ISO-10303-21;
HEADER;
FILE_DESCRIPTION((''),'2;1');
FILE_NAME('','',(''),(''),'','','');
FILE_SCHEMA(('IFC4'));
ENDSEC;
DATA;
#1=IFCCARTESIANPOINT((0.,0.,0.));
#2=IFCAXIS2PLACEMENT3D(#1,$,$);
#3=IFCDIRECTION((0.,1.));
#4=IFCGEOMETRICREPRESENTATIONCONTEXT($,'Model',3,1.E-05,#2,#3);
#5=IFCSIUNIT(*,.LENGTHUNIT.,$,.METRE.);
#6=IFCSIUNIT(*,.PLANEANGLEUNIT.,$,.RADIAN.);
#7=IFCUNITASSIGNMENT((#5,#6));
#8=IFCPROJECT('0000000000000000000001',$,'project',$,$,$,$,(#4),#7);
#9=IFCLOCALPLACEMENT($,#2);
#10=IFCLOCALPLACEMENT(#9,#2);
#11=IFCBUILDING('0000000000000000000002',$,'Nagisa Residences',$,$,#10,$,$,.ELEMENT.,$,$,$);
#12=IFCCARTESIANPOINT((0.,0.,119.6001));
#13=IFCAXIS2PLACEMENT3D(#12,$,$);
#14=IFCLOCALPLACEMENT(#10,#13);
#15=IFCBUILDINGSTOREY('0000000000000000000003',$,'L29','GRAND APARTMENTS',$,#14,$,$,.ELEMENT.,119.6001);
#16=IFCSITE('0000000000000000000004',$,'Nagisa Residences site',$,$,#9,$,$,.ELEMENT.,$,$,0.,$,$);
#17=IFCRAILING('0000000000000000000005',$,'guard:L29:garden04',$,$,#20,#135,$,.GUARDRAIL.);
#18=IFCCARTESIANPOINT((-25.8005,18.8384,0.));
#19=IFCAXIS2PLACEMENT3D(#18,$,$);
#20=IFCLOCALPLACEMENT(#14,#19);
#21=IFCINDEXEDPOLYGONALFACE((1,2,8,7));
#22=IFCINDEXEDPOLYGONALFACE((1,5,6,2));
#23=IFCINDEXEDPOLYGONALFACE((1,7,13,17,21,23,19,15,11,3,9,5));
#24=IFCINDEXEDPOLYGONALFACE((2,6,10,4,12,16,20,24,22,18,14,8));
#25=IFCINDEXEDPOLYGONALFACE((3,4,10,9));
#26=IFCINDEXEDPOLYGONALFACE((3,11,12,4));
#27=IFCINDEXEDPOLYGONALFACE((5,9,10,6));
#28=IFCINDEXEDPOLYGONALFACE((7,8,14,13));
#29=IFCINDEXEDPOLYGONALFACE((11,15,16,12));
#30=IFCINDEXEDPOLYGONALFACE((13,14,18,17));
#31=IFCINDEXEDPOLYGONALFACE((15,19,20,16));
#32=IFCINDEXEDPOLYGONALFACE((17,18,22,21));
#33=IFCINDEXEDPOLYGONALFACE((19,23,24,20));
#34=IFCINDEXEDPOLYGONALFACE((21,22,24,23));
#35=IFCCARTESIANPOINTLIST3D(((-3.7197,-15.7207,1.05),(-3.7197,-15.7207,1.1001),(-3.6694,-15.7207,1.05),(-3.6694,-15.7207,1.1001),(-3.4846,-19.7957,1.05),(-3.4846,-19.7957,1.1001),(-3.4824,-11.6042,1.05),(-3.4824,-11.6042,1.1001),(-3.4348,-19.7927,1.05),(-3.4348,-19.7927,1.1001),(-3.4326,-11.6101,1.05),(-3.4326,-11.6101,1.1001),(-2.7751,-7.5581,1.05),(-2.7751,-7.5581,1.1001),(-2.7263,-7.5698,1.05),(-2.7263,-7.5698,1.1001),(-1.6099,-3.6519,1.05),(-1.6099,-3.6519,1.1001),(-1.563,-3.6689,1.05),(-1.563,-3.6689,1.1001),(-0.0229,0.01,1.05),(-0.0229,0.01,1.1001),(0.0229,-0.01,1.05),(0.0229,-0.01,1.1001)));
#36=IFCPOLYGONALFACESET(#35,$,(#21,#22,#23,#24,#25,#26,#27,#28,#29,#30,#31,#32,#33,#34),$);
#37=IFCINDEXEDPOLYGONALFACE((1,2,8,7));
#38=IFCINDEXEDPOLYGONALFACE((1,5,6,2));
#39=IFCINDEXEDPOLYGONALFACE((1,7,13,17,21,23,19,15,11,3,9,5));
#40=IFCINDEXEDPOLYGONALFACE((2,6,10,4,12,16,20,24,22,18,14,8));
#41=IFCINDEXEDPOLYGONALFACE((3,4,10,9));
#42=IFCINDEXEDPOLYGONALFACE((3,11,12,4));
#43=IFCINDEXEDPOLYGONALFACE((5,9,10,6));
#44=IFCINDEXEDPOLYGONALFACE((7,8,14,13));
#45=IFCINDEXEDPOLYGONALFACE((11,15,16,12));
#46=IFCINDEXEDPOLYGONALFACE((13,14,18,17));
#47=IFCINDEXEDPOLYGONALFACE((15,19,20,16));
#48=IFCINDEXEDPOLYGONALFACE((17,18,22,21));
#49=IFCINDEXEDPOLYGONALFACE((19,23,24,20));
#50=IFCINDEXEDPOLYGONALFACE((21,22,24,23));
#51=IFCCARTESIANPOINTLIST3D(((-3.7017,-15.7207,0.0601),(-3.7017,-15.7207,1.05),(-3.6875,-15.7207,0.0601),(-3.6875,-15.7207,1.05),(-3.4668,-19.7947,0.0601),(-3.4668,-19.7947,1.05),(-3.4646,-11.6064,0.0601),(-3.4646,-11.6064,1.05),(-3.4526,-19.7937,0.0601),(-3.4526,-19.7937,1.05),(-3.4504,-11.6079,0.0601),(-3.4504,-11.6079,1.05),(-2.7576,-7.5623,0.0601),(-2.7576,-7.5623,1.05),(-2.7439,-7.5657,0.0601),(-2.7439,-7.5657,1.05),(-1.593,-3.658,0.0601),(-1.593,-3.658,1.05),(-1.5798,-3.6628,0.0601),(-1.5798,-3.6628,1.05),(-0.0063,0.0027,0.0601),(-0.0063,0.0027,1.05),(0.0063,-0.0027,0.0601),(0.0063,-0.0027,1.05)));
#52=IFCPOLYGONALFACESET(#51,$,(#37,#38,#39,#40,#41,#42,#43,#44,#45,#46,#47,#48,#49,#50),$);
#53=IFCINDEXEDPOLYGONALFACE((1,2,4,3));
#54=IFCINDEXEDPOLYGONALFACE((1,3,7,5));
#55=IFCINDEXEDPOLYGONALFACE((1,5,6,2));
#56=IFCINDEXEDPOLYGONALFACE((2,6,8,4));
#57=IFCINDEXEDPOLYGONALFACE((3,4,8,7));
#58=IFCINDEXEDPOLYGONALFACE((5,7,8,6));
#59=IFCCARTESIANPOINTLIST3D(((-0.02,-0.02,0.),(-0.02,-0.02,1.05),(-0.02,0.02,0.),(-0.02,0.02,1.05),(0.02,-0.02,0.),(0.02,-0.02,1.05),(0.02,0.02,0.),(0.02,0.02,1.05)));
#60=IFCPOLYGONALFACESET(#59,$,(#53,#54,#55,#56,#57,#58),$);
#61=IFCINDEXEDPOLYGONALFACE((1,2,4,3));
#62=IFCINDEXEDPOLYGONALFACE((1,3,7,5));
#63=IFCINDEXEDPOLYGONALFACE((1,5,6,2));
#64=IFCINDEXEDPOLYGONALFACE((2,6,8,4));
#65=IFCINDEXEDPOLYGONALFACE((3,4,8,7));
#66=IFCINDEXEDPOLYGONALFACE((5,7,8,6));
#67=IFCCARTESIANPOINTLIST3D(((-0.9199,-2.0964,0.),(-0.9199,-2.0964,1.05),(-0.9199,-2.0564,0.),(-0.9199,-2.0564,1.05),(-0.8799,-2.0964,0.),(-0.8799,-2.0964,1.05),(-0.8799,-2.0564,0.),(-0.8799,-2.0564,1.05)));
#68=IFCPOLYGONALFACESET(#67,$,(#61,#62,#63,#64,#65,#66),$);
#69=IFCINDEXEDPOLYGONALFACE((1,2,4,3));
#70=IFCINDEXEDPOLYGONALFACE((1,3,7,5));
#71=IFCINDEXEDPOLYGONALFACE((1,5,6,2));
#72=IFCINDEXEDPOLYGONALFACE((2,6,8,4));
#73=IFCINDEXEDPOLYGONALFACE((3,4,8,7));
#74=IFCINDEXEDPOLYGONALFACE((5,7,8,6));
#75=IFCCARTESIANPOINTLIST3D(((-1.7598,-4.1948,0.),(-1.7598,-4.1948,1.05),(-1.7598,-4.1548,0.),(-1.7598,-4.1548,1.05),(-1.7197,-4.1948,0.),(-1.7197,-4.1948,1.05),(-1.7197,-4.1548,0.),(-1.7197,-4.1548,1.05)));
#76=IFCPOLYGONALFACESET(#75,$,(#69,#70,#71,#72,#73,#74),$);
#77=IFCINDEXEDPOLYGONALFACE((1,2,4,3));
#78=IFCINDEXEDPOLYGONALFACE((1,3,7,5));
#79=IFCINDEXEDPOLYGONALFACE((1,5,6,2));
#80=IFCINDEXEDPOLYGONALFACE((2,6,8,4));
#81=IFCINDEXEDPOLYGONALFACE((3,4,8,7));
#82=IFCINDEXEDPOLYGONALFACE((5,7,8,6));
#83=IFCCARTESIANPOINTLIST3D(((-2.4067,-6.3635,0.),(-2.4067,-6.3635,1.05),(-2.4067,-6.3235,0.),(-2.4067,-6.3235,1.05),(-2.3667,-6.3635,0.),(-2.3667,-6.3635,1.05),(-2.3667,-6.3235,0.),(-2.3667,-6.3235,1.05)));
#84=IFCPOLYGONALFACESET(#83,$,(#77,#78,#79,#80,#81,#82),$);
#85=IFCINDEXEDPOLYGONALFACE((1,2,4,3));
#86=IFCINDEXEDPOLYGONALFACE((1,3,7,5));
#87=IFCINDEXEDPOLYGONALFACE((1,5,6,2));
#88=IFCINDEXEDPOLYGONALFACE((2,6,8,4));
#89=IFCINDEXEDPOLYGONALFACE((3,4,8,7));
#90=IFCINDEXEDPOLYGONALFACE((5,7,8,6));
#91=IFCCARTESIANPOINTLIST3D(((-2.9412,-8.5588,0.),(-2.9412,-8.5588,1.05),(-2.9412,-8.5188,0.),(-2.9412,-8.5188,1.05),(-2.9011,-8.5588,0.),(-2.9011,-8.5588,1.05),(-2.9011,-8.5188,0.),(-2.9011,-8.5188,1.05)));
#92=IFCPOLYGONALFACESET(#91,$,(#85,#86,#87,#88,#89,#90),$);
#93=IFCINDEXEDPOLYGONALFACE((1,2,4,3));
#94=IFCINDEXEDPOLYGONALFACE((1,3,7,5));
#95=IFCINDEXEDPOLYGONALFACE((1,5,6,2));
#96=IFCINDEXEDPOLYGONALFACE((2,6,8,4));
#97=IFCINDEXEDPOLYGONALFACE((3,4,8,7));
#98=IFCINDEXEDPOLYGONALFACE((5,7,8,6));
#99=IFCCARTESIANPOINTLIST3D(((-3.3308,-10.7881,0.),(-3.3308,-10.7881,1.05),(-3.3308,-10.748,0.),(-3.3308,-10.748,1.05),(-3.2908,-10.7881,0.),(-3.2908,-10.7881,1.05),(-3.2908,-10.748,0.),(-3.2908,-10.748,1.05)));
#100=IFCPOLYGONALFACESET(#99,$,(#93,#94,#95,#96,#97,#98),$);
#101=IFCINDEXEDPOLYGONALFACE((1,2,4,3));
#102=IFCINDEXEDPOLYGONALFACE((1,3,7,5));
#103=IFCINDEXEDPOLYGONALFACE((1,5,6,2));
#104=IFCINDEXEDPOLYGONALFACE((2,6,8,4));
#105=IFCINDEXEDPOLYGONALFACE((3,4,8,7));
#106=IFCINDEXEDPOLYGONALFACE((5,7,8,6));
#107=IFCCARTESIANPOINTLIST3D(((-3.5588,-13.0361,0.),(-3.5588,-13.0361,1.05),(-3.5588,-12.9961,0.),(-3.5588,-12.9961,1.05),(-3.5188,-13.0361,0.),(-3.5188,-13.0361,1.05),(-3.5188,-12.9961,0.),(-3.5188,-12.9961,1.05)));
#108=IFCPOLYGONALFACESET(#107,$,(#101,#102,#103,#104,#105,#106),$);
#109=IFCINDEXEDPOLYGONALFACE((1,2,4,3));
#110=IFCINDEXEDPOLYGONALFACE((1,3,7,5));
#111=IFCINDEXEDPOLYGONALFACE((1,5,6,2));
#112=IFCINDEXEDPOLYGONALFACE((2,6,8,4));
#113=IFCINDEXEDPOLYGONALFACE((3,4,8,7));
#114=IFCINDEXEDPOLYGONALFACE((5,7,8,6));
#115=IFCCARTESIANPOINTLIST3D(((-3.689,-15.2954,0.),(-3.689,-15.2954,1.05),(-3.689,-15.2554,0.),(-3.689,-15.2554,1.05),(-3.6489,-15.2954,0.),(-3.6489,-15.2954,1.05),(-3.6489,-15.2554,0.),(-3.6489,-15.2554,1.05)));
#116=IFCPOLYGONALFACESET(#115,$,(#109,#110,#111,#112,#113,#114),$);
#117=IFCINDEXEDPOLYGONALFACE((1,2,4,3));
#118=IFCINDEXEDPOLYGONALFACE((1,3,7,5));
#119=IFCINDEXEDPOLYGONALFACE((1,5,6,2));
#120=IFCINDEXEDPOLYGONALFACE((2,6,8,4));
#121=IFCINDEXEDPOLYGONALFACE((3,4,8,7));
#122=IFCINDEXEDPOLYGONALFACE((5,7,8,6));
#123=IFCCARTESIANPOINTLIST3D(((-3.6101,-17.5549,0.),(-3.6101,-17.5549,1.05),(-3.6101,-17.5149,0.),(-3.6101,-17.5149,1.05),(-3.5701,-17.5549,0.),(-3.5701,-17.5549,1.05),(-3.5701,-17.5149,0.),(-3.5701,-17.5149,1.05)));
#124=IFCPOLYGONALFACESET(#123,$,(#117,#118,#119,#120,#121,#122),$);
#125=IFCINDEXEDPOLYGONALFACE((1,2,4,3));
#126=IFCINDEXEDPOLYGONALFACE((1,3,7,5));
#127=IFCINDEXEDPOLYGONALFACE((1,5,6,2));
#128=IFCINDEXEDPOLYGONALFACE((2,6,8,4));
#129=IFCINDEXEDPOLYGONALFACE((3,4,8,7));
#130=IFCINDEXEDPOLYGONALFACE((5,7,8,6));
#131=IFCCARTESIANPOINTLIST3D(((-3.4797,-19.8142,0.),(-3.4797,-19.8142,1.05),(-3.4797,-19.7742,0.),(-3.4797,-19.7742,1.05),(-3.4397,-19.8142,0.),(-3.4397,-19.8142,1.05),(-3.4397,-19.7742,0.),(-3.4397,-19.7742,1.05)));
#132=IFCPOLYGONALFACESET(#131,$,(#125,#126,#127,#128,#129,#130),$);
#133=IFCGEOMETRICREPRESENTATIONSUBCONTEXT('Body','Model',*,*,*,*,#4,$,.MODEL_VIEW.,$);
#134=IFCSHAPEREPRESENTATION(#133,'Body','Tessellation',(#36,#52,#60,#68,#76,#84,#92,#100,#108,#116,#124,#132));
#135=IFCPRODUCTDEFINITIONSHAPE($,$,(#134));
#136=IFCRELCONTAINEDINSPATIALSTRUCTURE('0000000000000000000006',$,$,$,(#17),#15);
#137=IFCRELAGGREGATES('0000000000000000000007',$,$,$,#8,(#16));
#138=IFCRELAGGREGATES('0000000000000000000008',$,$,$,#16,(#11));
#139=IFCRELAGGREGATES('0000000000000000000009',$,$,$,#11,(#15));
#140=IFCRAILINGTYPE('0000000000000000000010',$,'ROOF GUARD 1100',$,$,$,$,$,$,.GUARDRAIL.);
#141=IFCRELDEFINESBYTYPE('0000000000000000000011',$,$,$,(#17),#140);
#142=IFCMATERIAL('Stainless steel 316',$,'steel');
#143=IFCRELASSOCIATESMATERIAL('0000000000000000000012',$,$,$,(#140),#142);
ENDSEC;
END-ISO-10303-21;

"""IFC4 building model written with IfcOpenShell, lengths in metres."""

from ifc_helpers import new_model, si_unit, direction, frame, origin, origin_2d, place, context, subcontext, project, spatial, polyline, rectangle, outline, extrude, material, type_object, element, save


model = new_model("IFC4")

# Units and contexts
model_context = context("Model", 3, precision=1e-05, world=origin(), true_north=direction((0.0, 1.0)))
body_context = subcontext(model_context, "Body", "Model", "MODEL_VIEW")
ifc_project = project(units=[si_unit("LENGTHUNIT", "METRE"), si_unit("PLANEANGLEUNIT", "RADIAN")], contexts=[model_context])

# Site, building, storey
site_placement = place(None, origin())
site = spatial("IfcSite", under=ifc_project, at=site_placement, Name="Nagisa Residences site", CompositionType="ELEMENT", RefElevation=0.0)
building_placement = place(site_placement, origin())
building = spatial("IfcBuilding", under=site, at=building_placement, Name="Nagisa Residences", CompositionType="ELEMENT")
storey_placement = place(building_placement, frame((0.0, 0.0, 119.6001)))
storey = spatial("IfcBuildingStorey", under=building, at=storey_placement, Name="L29", Description="GRAND APARTMENTS", CompositionType="ELEMENT", Elevation=119.6001)

# Railing
ifc_material_1 = material(Name="Stainless steel 316", Category="steel")
railing_type = type_object("IfcRailingType", Name="ROOF GUARD 1100", PredefinedType="GUARDRAIL", material=ifc_material_1)
railing_1_placement = place(storey_placement, frame((-25.8005, 18.8384, 0.0)))
element("IfcRailing", 1, at=railing_1_placement, inside=storey, type_object=railing_type, Name="guard:L29:garden04", PredefinedType="GUARDRAIL", context=body_context, shape_type="SweptSolid", body=[
    extrude(outline(polyline([(-1.563, -3.6689), (0.0229, -0.01), (-0.0229, 0.01), (-1.6099, -3.6519), (-2.7751, -7.5581), (-3.4824, -11.6042), (-3.7197, -15.7207), (-3.4846, -19.7957), (-3.4348, -19.7927), (-3.6694, -15.7207), (-3.4326, -11.6101), (-2.7263, -7.5698), (-1.563, -3.6689)])), frame((0.0, 0.0, 1.05)), (0.0, 0.0, 1.0), 0.05),
    extrude(outline(polyline([(-1.5798, -3.6628), (0.0063, -0.0027), (-0.0063, 0.0027), (-1.593, -3.658), (-2.7576, -7.5623), (-3.4646, -11.6064), (-3.7017, -15.7207), (-3.4668, -19.7947), (-3.4526, -19.7937), (-3.6875, -15.7207), (-3.4504, -11.6079), (-2.7439, -7.5657), (-1.5798, -3.6628)])), frame((0.0, 0.0, 0.0601)), (0.0, 0.0, 1.0), 0.99),
    extrude(rectangle(XDim=0.04, YDim=0.04, at=origin_2d()), origin(), (0.0, 0.0, 1.0), 1.05),
    extrude(rectangle(XDim=0.04, YDim=0.04, at=origin_2d()), frame((-0.8999, -2.0764, 0.0)), (0.0, 0.0, 1.0), 1.05),
    extrude(rectangle(XDim=0.04, YDim=0.04, at=origin_2d()), frame((-1.7397, -4.1748, 0.0)), (0.0, 0.0, 1.0), 1.05),
    extrude(rectangle(XDim=0.04, YDim=0.04, at=origin_2d()), frame((-2.3867, -6.3435, 0.0)), (0.0, 0.0, 1.0), 1.05),
    extrude(rectangle(XDim=0.04, YDim=0.04, at=origin_2d()), frame((-2.9211, -8.5388, 0.0)), (0.0, 0.0, 1.0), 1.05),
    extrude(rectangle(XDim=0.04, YDim=0.04, at=origin_2d()), frame((-3.3108, -10.7681, 0.0)), (0.0, 0.0, 1.0), 1.05),
    extrude(rectangle(XDim=0.04, YDim=0.04, at=origin_2d()), frame((-3.5388, -13.0161, 0.0)), (0.0, 0.0, 1.0), 1.05),
    extrude(rectangle(XDim=0.04, YDim=0.04, at=origin_2d()), frame((-3.6689, -15.2754, 0.0)), (0.0, 0.0, 1.0), 1.05),
    extrude(rectangle(XDim=0.04, YDim=0.04, at=origin_2d()), frame((-3.5901, -17.5349, 0.0)), (0.0, 0.0, 1.0), 1.05),
    extrude(rectangle(XDim=0.04, YDim=0.04, at=origin_2d()), frame((-3.4597, -19.7942, 0.0)), (0.0, 0.0, 1.0), 1.05),
])

save(model, "model.ifc")
